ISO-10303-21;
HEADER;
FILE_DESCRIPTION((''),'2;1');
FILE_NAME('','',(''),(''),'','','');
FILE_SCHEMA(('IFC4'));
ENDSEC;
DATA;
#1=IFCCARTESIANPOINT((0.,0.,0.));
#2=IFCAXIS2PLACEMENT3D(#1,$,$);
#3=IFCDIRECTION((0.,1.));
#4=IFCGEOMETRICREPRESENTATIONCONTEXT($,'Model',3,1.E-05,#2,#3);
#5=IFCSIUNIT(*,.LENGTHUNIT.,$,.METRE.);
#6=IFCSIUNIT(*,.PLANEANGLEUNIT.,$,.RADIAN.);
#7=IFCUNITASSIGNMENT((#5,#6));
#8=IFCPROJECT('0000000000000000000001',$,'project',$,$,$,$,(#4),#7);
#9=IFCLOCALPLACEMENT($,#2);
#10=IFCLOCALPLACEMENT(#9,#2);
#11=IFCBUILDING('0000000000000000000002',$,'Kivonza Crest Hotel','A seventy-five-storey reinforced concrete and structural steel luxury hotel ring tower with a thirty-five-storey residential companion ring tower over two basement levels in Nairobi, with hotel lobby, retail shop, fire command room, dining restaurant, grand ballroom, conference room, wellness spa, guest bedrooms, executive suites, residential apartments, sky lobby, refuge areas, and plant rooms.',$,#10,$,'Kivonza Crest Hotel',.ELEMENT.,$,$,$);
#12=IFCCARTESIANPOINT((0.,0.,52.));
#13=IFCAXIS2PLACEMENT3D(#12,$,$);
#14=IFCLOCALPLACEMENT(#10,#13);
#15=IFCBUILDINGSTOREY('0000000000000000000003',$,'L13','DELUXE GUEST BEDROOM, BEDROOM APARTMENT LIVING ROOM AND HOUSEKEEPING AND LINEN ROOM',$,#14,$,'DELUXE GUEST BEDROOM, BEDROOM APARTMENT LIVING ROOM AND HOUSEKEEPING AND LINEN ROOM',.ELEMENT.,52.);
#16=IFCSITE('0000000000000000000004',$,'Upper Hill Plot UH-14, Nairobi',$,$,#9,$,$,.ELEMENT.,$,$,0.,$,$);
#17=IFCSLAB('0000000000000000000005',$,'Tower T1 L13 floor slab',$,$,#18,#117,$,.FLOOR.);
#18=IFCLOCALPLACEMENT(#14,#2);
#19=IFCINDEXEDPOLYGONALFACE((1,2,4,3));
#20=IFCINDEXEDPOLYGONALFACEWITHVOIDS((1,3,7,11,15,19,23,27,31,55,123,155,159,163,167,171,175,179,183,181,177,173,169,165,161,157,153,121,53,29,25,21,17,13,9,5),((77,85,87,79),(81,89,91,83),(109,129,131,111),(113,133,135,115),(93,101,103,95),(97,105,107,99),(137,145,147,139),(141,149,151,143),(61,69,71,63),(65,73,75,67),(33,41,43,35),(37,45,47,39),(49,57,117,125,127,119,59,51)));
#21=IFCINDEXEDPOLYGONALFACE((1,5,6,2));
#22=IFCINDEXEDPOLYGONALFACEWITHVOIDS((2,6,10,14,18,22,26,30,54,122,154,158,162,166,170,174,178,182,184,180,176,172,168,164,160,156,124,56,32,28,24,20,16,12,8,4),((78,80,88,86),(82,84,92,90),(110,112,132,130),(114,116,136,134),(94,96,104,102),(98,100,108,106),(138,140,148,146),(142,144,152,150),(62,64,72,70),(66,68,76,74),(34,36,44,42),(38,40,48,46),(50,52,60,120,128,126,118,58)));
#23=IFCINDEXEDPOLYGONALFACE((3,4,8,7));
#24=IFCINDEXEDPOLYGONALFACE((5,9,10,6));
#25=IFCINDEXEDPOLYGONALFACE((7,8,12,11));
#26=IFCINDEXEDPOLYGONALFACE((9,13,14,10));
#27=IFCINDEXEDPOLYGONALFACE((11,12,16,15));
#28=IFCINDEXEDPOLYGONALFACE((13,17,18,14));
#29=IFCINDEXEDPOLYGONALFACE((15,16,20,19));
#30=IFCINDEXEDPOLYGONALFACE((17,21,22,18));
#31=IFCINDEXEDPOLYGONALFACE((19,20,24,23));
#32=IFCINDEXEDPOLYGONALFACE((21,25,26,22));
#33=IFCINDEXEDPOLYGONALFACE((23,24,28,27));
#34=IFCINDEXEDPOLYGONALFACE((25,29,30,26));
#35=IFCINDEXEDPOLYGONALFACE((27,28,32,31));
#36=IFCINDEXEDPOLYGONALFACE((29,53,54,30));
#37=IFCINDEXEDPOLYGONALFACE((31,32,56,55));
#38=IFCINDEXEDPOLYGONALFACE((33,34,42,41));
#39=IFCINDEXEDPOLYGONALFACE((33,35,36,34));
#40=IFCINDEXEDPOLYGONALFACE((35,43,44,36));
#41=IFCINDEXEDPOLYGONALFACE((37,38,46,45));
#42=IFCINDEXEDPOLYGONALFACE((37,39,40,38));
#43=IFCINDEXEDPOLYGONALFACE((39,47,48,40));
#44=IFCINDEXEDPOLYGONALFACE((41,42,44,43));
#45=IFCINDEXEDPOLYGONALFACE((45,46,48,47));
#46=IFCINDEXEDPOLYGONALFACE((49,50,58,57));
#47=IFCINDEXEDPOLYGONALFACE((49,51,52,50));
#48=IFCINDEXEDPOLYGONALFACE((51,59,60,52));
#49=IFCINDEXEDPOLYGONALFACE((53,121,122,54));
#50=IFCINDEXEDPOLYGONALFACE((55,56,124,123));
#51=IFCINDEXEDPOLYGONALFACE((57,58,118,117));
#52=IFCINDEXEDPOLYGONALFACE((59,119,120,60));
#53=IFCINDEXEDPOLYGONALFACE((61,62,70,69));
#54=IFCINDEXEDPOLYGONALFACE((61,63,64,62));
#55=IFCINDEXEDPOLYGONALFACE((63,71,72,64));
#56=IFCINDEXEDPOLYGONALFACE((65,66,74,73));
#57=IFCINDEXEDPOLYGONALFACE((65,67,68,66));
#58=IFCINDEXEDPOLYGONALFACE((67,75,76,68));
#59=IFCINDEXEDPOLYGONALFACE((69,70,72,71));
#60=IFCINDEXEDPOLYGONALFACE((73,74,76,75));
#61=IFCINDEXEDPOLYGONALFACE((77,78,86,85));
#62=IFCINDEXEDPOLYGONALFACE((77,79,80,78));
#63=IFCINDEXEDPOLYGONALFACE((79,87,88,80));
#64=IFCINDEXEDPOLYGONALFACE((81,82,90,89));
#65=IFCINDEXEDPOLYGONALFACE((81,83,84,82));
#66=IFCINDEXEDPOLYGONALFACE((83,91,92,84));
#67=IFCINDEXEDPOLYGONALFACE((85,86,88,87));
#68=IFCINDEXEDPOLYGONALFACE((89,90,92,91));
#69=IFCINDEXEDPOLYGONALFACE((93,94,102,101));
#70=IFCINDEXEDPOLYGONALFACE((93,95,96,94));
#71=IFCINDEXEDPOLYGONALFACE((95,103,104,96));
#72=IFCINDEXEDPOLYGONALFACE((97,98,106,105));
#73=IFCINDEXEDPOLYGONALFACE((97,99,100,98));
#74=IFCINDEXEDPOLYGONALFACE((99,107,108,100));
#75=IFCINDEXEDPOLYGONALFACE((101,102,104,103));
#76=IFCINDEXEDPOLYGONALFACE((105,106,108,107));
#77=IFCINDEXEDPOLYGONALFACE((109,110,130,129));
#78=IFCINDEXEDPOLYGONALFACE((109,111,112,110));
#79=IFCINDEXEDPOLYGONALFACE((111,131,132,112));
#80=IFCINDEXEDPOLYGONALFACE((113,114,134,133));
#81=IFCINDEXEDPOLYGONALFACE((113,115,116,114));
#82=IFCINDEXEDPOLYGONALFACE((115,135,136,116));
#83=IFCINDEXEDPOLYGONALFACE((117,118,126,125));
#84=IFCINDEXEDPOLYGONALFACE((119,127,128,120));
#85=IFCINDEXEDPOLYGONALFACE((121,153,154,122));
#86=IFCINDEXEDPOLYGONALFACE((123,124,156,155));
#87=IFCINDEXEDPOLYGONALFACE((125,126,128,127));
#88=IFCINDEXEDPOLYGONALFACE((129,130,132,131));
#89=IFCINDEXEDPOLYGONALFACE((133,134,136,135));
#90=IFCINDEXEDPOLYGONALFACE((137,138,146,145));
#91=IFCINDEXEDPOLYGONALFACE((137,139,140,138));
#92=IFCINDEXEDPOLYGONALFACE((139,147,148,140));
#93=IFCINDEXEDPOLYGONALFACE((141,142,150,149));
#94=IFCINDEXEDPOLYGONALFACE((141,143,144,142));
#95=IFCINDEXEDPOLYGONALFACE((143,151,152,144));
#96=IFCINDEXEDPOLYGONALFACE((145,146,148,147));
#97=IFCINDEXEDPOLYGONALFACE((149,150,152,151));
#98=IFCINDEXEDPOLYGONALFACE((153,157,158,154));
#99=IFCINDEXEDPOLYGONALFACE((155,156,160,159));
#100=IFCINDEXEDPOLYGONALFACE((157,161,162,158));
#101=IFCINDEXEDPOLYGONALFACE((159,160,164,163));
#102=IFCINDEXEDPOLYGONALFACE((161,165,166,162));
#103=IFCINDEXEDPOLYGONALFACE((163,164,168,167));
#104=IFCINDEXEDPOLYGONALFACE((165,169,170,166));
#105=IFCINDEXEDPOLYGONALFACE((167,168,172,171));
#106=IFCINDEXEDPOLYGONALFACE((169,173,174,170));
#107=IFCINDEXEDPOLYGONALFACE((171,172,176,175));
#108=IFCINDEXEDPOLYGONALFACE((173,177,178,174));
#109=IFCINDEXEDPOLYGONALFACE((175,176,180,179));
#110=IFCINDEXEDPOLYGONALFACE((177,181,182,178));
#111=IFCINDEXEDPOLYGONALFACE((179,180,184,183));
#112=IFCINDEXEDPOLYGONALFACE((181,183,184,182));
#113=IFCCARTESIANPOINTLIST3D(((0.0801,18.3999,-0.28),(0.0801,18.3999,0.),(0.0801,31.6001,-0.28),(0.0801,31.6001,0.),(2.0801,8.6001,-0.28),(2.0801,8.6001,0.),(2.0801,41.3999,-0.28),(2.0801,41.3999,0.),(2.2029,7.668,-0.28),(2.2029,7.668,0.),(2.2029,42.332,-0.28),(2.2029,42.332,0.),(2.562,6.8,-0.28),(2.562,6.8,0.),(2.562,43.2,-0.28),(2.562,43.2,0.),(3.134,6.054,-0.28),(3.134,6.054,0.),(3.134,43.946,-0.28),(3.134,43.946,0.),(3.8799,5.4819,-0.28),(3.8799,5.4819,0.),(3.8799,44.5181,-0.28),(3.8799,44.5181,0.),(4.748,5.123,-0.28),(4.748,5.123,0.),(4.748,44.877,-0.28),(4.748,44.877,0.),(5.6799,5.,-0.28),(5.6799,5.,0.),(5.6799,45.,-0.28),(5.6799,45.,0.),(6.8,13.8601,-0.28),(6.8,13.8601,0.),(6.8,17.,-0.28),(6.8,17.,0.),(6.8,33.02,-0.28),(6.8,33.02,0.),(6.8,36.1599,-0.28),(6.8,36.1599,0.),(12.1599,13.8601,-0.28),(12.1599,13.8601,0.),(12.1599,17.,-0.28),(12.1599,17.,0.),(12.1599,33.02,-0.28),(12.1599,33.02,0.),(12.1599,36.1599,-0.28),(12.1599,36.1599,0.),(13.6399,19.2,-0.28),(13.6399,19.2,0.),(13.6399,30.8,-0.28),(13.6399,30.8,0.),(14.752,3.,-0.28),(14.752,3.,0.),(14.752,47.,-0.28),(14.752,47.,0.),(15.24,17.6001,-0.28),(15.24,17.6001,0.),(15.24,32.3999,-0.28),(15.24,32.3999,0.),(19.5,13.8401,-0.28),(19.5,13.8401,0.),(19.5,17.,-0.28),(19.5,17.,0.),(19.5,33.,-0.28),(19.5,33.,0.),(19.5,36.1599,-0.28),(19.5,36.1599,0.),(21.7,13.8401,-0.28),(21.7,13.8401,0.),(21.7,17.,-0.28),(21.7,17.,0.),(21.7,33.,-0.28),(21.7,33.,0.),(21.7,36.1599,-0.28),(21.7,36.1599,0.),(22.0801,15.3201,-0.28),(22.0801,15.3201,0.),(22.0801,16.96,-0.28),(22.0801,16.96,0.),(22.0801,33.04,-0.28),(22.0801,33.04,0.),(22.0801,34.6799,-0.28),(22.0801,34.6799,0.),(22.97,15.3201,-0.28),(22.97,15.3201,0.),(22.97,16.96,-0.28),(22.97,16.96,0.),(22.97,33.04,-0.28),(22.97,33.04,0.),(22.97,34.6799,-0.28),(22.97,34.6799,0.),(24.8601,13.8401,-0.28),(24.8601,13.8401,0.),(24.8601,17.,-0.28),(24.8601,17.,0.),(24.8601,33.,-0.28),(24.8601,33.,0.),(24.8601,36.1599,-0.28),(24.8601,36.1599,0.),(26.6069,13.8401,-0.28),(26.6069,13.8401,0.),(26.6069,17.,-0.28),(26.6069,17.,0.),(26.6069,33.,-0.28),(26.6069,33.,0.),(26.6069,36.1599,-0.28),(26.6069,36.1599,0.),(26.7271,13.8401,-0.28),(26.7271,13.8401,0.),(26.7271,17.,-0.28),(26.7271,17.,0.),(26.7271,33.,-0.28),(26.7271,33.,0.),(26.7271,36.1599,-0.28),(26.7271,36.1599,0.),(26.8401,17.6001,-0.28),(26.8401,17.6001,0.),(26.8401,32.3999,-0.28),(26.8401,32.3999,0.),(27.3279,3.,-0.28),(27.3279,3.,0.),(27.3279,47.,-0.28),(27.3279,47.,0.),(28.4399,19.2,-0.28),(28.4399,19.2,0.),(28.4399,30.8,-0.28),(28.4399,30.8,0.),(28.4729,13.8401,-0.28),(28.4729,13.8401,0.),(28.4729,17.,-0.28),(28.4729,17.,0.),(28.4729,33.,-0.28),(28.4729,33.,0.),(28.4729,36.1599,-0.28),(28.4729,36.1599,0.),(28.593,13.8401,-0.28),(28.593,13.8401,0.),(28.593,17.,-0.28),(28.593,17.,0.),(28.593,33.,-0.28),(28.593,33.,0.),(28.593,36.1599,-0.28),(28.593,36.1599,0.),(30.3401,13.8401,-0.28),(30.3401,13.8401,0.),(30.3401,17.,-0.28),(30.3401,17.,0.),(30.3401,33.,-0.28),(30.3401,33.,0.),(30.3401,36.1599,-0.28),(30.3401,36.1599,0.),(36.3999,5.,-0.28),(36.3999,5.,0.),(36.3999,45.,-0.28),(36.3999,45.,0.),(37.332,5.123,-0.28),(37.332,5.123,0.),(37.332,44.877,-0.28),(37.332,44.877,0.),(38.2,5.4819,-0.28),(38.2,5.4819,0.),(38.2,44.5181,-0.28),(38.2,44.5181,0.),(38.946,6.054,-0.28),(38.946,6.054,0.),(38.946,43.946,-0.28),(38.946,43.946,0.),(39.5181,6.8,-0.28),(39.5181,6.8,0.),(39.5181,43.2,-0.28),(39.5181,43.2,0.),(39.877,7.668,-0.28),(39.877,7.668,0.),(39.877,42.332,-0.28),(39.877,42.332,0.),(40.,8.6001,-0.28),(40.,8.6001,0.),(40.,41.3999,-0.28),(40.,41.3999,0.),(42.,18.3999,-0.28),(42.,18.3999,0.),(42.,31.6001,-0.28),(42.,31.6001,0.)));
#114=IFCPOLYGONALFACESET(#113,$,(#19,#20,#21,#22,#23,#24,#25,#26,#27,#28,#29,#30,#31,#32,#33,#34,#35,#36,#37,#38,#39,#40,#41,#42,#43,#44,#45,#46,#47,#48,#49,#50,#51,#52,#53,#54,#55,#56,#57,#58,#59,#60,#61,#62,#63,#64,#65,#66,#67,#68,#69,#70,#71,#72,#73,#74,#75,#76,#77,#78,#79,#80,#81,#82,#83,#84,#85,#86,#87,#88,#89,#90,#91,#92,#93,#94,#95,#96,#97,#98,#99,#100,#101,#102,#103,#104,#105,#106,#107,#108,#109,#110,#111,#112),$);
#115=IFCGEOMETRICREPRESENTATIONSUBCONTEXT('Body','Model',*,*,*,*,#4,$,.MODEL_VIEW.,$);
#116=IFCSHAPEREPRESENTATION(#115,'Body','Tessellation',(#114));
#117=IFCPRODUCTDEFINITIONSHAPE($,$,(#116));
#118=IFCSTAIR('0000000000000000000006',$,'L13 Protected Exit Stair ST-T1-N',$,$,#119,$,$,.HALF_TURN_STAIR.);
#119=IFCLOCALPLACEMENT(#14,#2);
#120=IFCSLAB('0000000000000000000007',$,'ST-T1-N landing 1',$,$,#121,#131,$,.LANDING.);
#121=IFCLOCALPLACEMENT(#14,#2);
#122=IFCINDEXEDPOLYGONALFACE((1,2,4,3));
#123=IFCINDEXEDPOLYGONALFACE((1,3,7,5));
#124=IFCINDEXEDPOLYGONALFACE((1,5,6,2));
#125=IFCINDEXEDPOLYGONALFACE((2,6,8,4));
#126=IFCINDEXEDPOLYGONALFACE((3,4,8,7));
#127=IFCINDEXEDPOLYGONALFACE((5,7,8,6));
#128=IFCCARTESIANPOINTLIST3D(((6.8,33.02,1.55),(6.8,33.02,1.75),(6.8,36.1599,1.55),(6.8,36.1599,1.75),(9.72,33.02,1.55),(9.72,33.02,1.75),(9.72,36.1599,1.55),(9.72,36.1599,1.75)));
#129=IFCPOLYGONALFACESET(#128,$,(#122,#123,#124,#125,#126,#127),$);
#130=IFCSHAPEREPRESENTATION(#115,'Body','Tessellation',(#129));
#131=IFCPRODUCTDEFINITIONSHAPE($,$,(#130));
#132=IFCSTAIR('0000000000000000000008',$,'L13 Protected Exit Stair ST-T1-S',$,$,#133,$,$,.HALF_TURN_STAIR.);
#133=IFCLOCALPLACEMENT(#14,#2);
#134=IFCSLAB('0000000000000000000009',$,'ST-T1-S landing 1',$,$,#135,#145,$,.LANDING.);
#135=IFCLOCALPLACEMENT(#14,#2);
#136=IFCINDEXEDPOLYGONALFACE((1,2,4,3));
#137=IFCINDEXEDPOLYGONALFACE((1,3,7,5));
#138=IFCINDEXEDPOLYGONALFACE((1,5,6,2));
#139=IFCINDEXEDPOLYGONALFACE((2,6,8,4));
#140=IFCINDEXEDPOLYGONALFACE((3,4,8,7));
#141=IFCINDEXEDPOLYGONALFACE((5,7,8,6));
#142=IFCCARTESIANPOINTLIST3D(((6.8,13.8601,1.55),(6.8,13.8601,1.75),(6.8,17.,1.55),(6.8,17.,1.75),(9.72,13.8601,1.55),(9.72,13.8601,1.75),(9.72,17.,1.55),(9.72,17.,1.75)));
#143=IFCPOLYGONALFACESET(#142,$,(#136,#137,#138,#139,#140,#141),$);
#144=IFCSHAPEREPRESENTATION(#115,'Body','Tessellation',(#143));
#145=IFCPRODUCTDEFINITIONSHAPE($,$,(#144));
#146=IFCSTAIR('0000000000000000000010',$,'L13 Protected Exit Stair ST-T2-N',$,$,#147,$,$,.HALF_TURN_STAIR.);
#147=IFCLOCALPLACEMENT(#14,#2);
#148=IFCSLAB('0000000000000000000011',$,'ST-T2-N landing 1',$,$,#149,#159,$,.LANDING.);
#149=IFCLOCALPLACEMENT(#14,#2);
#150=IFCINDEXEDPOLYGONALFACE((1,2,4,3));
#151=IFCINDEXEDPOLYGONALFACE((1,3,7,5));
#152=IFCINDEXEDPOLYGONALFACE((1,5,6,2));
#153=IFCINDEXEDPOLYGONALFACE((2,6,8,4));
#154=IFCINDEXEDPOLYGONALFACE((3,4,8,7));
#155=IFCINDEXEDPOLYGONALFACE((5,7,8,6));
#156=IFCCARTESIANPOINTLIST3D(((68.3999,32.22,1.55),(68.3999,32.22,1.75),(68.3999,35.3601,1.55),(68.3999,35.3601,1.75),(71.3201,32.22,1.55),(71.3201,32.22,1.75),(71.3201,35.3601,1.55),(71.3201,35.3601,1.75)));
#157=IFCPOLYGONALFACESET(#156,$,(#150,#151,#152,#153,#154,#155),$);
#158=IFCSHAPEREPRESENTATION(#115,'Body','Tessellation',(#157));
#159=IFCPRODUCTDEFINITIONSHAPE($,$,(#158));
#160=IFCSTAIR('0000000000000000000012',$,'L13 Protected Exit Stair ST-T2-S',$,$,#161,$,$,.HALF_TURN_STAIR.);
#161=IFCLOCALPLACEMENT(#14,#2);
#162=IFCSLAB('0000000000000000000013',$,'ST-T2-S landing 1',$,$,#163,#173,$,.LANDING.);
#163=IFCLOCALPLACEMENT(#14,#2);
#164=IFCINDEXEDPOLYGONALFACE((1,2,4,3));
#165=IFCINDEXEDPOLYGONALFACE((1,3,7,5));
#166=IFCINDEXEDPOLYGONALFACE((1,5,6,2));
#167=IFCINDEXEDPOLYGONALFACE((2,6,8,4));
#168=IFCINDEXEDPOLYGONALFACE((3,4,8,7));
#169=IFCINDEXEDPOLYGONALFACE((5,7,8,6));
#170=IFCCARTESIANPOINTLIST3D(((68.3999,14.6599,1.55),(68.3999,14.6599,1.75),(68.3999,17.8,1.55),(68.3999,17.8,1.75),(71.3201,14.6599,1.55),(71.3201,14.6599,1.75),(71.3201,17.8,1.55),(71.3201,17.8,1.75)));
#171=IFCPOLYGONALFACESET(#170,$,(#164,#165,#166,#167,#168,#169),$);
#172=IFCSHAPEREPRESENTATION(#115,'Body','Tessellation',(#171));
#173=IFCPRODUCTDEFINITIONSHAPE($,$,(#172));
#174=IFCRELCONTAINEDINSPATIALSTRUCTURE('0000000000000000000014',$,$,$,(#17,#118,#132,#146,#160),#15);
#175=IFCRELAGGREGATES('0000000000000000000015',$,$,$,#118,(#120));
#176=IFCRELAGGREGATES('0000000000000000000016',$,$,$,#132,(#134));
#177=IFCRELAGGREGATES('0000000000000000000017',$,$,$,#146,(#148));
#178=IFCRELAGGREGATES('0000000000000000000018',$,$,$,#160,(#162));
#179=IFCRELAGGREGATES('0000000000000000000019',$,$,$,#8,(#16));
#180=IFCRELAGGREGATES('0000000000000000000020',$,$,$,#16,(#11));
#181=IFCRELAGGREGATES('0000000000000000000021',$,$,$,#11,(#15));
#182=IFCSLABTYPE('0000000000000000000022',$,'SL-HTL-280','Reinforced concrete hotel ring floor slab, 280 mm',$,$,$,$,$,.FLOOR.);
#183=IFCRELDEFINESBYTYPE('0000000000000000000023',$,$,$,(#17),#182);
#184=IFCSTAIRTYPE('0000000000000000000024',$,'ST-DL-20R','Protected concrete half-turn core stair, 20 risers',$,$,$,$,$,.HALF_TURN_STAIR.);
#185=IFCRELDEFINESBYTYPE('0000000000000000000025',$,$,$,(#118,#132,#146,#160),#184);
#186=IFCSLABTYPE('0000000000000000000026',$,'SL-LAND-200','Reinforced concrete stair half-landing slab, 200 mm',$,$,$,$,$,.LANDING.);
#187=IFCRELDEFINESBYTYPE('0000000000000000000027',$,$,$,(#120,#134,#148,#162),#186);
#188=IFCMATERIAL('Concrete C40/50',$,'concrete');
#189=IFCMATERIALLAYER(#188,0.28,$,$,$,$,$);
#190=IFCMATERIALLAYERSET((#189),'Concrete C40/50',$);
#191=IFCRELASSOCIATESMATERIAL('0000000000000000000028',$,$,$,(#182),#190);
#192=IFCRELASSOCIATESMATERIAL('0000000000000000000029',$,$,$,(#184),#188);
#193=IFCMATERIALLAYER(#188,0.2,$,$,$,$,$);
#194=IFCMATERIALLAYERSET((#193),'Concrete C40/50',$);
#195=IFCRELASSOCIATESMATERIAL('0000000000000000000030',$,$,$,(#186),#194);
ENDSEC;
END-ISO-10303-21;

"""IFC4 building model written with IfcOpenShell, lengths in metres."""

from ifc_helpers import new_model, si_unit, direction, frame, origin, place, context, subcontext, project, spatial, polyline, outline, extrude, material, layer, layer_set, type_object, element, aggregate, save


model = new_model("IFC4")

# Units and contexts
model_context = context("Model", 3, precision=1e-05, world=origin(), true_north=direction((0.0, 1.0)))
body_context = subcontext(model_context, "Body", "Model", "MODEL_VIEW")
ifc_project = project(units=[si_unit("LENGTHUNIT", "METRE"), si_unit("PLANEANGLEUNIT", "RADIAN")], contexts=[model_context])

# Site, building, storey
site_placement = place(None, origin())
site = spatial("IfcSite", under=ifc_project, at=site_placement, Name="Upper Hill Plot UH-14, Nairobi", CompositionType="ELEMENT", RefElevation=0.0)
building_placement = place(site_placement, origin())
building = spatial("IfcBuilding", under=site, at=building_placement, Name="Kivonza Crest Hotel", Description="A seventy-five-storey reinforced concrete and structural steel luxury hotel ring tower with a thirty-five-storey residential companion ring tower over two basement levels in Nairobi, with hotel lobby, retail shop, fire command room, dining restaurant, grand ballroom, conference room, wellness spa, guest bedrooms, executive suites, residential apartments, sky lobby, refuge areas, and plant rooms.", LongName="Kivonza Crest Hotel", CompositionType="ELEMENT")
storey_placement = place(building_placement, frame((0.0, 0.0, 52.0)))
storey = spatial("IfcBuildingStorey", under=building, at=storey_placement, Name="L13", Description="DELUXE GUEST BEDROOM, BEDROOM APARTMENT LIVING ROOM AND HOUSEKEEPING AND LINEN ROOM", LongName="DELUXE GUEST BEDROOM, BEDROOM APARTMENT LIVING ROOM AND HOUSEKEEPING AND LINEN ROOM", CompositionType="ELEMENT", Elevation=52.0)

# Slab
ifc_material_1 = material(Name="Concrete C40/50", Category="concrete")
ifc_layer_1 = layer(ifc_material_1, 0.28)
ifc_layer_set_1 = layer_set([ifc_layer_1], Name="Concrete C40/50")
slab_type_1 = type_object("IfcSlabType", Name="SL-HTL-280", Description="Reinforced concrete hotel ring floor slab, 280 mm", PredefinedType="FLOOR", material=ifc_layer_set_1)
slab_1_placement = place(storey_placement, frame((0.0, 0.0, -0.28)))
element("IfcSlab", 1, at=slab_1_placement, inside=storey, type_object=slab_type_1, Name="Tower T1 L13 floor slab", PredefinedType="FLOOR", context=body_context, shape_type="SweptSolid", body=[
    extrude(outline(polyline([(2.0801, 8.6001), (2.2029, 7.668), (2.562, 6.8), (3.134, 6.054), (3.8799, 5.4819), (4.748, 5.123), (5.6799, 5.0), (14.752, 3.0), (27.3279, 3.0), (36.3999, 5.0), (37.332, 5.123), (38.2, 5.4819), (38.946, 6.054), (39.5181, 6.8), (39.877, 7.668), (40.0, 8.6001), (42.0, 18.3999), (42.0, 31.6001), (40.0, 41.3999), (39.877, 42.332), (39.5181, 43.2), (38.946, 43.946), (38.2, 44.5181), (37.332, 44.877), (36.3999, 45.0), (27.3279, 47.0), (14.752, 47.0), (5.6799, 45.0), (4.748, 44.877), (3.8799, 44.5181), (3.134, 43.946), (2.562, 43.2), (2.2029, 42.332), (2.0801, 41.3999), (0.0801, 31.6001), (0.0801, 18.3999), (2.0801, 8.6001)]), holes=[polyline([(15.24, 17.6001), (26.8401, 17.6001), (28.4399, 19.2), (28.4399, 30.8), (26.8401, 32.3999), (15.24, 32.3999), (13.6399, 30.8), (13.6399, 19.2), (15.24, 17.6001)]), polyline([(6.8, 33.02), (12.1599, 33.02), (12.1599, 36.1599), (6.8, 36.1599), (6.8, 33.02)]), polyline([(6.8, 13.8601), (12.1599, 13.8601), (12.1599, 17.0), (6.8, 17.0), (6.8, 13.8601)]), polyline([(22.0801, 33.04), (22.97, 33.04), (22.97, 34.6799), (22.0801, 34.6799), (22.0801, 33.04)]), polyline([(22.0801, 15.3201), (22.97, 15.3201), (22.97, 16.96), (22.0801, 16.96), (22.0801, 15.3201)]), polyline([(19.5, 33.0), (21.7, 33.0), (21.7, 36.1599), (19.5, 36.1599), (19.5, 33.0)]), polyline([(24.8601, 33.0), (26.6069, 33.0), (26.6069, 36.1599), (24.8601, 36.1599), (24.8601, 33.0)]), polyline([(26.7271, 33.0), (28.4729, 33.0), (28.4729, 36.1599), (26.7271, 36.1599), (26.7271, 33.0)]), polyline([(28.593, 33.0), (30.3401, 33.0), (30.3401, 36.1599), (28.593, 36.1599), (28.593, 33.0)]), polyline([(19.5, 13.8401), (21.7, 13.8401), (21.7, 17.0), (19.5, 17.0), (19.5, 13.8401)]), polyline([(24.8601, 13.8401), (26.6069, 13.8401), (26.6069, 17.0), (24.8601, 17.0), (24.8601, 13.8401)]), polyline([(26.7271, 13.8401), (28.4729, 13.8401), (28.4729, 17.0), (26.7271, 17.0), (26.7271, 13.8401)]), polyline([(28.593, 13.8401), (30.3401, 13.8401), (30.3401, 17.0), (28.593, 17.0), (28.593, 13.8401)])]), origin(), (0.0, 0.0, 1.0), 0.28),
])

# Stairs, slabs
stair_type = type_object("IfcStairType", Name="ST-DL-20R", Description="Protected concrete half-turn core stair, 20 risers", PredefinedType="HALF_TURN_STAIR", material=ifc_material_1)
stair_1_placement = place(storey_placement, origin())
stair_1 = element("IfcStair", 2, at=stair_1_placement, inside=storey, type_object=stair_type, Name="L13 Protected Exit Stair ST-T1-N", PredefinedType="HALF_TURN_STAIR")
ifc_layer_2 = layer(ifc_material_1, 0.2)
ifc_layer_set_2 = layer_set([ifc_layer_2], Name="Concrete C40/50")
slab_type_2 = type_object("IfcSlabType", Name="SL-LAND-200", Description="Reinforced concrete stair half-landing slab, 200 mm", PredefinedType="LANDING", material=ifc_layer_set_2)
slab_2_placement = place(storey_placement, frame((0.0, 0.0, 1.55)))
slab_2 = element("IfcSlab", 3, at=slab_2_placement, type_object=slab_type_2, Name="ST-T1-N landing 1", PredefinedType="LANDING", context=body_context, shape_type="SweptSolid", body=[
    extrude(outline(polyline([(9.72, 36.1599), (6.8, 36.1599), (6.8, 33.02), (9.72, 33.02), (9.72, 36.1599)])), origin(), (0.0, 0.0, 1.0), 0.2),
])
aggregate(stair_1, [slab_2])
stair_2_placement = place(storey_placement, origin())
stair_2 = element("IfcStair", 4, at=stair_2_placement, inside=storey, type_object=stair_type, Name="L13 Protected Exit Stair ST-T1-S", PredefinedType="HALF_TURN_STAIR")
slab_3_placement = place(storey_placement, frame((0.0, 0.0, 1.55)))
slab_3 = element("IfcSlab", 5, at=slab_3_placement, type_object=slab_type_2, Name="ST-T1-S landing 1", PredefinedType="LANDING", context=body_context, shape_type="SweptSolid", body=[
    extrude(outline(polyline([(9.72, 17.0), (6.8, 17.0), (6.8, 13.8601), (9.72, 13.8601), (9.72, 17.0)])), origin(), (0.0, 0.0, 1.0), 0.2),
])
aggregate(stair_2, [slab_3])
stair_3_placement = place(storey_placement, origin())
stair_3 = element("IfcStair", 6, at=stair_3_placement, inside=storey, type_object=stair_type, Name="L13 Protected Exit Stair ST-T2-N", PredefinedType="HALF_TURN_STAIR")
slab_4_placement = place(storey_placement, frame((0.0, 0.0, 1.55)))
slab_4 = element("IfcSlab", 7, at=slab_4_placement, type_object=slab_type_2, Name="ST-T2-N landing 1", PredefinedType="LANDING", context=body_context, shape_type="SweptSolid", body=[
    extrude(outline(polyline([(71.3201, 35.3601), (68.3999, 35.3601), (68.3999, 32.22), (71.3201, 32.22), (71.3201, 35.3601)])), origin(), (0.0, 0.0, 1.0), 0.2),
])
aggregate(stair_3, [slab_4])
stair_4_placement = place(storey_placement, origin())
stair_4 = element("IfcStair", 8, at=stair_4_placement, inside=storey, type_object=stair_type, Name="L13 Protected Exit Stair ST-T2-S", PredefinedType="HALF_TURN_STAIR")
slab_5_placement = place(storey_placement, frame((0.0, 0.0, 1.55)))
slab_5 = element("IfcSlab", 9, at=slab_5_placement, type_object=slab_type_2, Name="ST-T2-S landing 1", PredefinedType="LANDING", context=body_context, shape_type="SweptSolid", body=[
    extrude(outline(polyline([(71.3201, 17.8), (68.3999, 17.8), (68.3999, 14.6599), (71.3201, 14.6599), (71.3201, 17.8)])), origin(), (0.0, 0.0, 1.0), 0.2),
])
aggregate(stair_4, [slab_5])

save(model, "model.ifc")
